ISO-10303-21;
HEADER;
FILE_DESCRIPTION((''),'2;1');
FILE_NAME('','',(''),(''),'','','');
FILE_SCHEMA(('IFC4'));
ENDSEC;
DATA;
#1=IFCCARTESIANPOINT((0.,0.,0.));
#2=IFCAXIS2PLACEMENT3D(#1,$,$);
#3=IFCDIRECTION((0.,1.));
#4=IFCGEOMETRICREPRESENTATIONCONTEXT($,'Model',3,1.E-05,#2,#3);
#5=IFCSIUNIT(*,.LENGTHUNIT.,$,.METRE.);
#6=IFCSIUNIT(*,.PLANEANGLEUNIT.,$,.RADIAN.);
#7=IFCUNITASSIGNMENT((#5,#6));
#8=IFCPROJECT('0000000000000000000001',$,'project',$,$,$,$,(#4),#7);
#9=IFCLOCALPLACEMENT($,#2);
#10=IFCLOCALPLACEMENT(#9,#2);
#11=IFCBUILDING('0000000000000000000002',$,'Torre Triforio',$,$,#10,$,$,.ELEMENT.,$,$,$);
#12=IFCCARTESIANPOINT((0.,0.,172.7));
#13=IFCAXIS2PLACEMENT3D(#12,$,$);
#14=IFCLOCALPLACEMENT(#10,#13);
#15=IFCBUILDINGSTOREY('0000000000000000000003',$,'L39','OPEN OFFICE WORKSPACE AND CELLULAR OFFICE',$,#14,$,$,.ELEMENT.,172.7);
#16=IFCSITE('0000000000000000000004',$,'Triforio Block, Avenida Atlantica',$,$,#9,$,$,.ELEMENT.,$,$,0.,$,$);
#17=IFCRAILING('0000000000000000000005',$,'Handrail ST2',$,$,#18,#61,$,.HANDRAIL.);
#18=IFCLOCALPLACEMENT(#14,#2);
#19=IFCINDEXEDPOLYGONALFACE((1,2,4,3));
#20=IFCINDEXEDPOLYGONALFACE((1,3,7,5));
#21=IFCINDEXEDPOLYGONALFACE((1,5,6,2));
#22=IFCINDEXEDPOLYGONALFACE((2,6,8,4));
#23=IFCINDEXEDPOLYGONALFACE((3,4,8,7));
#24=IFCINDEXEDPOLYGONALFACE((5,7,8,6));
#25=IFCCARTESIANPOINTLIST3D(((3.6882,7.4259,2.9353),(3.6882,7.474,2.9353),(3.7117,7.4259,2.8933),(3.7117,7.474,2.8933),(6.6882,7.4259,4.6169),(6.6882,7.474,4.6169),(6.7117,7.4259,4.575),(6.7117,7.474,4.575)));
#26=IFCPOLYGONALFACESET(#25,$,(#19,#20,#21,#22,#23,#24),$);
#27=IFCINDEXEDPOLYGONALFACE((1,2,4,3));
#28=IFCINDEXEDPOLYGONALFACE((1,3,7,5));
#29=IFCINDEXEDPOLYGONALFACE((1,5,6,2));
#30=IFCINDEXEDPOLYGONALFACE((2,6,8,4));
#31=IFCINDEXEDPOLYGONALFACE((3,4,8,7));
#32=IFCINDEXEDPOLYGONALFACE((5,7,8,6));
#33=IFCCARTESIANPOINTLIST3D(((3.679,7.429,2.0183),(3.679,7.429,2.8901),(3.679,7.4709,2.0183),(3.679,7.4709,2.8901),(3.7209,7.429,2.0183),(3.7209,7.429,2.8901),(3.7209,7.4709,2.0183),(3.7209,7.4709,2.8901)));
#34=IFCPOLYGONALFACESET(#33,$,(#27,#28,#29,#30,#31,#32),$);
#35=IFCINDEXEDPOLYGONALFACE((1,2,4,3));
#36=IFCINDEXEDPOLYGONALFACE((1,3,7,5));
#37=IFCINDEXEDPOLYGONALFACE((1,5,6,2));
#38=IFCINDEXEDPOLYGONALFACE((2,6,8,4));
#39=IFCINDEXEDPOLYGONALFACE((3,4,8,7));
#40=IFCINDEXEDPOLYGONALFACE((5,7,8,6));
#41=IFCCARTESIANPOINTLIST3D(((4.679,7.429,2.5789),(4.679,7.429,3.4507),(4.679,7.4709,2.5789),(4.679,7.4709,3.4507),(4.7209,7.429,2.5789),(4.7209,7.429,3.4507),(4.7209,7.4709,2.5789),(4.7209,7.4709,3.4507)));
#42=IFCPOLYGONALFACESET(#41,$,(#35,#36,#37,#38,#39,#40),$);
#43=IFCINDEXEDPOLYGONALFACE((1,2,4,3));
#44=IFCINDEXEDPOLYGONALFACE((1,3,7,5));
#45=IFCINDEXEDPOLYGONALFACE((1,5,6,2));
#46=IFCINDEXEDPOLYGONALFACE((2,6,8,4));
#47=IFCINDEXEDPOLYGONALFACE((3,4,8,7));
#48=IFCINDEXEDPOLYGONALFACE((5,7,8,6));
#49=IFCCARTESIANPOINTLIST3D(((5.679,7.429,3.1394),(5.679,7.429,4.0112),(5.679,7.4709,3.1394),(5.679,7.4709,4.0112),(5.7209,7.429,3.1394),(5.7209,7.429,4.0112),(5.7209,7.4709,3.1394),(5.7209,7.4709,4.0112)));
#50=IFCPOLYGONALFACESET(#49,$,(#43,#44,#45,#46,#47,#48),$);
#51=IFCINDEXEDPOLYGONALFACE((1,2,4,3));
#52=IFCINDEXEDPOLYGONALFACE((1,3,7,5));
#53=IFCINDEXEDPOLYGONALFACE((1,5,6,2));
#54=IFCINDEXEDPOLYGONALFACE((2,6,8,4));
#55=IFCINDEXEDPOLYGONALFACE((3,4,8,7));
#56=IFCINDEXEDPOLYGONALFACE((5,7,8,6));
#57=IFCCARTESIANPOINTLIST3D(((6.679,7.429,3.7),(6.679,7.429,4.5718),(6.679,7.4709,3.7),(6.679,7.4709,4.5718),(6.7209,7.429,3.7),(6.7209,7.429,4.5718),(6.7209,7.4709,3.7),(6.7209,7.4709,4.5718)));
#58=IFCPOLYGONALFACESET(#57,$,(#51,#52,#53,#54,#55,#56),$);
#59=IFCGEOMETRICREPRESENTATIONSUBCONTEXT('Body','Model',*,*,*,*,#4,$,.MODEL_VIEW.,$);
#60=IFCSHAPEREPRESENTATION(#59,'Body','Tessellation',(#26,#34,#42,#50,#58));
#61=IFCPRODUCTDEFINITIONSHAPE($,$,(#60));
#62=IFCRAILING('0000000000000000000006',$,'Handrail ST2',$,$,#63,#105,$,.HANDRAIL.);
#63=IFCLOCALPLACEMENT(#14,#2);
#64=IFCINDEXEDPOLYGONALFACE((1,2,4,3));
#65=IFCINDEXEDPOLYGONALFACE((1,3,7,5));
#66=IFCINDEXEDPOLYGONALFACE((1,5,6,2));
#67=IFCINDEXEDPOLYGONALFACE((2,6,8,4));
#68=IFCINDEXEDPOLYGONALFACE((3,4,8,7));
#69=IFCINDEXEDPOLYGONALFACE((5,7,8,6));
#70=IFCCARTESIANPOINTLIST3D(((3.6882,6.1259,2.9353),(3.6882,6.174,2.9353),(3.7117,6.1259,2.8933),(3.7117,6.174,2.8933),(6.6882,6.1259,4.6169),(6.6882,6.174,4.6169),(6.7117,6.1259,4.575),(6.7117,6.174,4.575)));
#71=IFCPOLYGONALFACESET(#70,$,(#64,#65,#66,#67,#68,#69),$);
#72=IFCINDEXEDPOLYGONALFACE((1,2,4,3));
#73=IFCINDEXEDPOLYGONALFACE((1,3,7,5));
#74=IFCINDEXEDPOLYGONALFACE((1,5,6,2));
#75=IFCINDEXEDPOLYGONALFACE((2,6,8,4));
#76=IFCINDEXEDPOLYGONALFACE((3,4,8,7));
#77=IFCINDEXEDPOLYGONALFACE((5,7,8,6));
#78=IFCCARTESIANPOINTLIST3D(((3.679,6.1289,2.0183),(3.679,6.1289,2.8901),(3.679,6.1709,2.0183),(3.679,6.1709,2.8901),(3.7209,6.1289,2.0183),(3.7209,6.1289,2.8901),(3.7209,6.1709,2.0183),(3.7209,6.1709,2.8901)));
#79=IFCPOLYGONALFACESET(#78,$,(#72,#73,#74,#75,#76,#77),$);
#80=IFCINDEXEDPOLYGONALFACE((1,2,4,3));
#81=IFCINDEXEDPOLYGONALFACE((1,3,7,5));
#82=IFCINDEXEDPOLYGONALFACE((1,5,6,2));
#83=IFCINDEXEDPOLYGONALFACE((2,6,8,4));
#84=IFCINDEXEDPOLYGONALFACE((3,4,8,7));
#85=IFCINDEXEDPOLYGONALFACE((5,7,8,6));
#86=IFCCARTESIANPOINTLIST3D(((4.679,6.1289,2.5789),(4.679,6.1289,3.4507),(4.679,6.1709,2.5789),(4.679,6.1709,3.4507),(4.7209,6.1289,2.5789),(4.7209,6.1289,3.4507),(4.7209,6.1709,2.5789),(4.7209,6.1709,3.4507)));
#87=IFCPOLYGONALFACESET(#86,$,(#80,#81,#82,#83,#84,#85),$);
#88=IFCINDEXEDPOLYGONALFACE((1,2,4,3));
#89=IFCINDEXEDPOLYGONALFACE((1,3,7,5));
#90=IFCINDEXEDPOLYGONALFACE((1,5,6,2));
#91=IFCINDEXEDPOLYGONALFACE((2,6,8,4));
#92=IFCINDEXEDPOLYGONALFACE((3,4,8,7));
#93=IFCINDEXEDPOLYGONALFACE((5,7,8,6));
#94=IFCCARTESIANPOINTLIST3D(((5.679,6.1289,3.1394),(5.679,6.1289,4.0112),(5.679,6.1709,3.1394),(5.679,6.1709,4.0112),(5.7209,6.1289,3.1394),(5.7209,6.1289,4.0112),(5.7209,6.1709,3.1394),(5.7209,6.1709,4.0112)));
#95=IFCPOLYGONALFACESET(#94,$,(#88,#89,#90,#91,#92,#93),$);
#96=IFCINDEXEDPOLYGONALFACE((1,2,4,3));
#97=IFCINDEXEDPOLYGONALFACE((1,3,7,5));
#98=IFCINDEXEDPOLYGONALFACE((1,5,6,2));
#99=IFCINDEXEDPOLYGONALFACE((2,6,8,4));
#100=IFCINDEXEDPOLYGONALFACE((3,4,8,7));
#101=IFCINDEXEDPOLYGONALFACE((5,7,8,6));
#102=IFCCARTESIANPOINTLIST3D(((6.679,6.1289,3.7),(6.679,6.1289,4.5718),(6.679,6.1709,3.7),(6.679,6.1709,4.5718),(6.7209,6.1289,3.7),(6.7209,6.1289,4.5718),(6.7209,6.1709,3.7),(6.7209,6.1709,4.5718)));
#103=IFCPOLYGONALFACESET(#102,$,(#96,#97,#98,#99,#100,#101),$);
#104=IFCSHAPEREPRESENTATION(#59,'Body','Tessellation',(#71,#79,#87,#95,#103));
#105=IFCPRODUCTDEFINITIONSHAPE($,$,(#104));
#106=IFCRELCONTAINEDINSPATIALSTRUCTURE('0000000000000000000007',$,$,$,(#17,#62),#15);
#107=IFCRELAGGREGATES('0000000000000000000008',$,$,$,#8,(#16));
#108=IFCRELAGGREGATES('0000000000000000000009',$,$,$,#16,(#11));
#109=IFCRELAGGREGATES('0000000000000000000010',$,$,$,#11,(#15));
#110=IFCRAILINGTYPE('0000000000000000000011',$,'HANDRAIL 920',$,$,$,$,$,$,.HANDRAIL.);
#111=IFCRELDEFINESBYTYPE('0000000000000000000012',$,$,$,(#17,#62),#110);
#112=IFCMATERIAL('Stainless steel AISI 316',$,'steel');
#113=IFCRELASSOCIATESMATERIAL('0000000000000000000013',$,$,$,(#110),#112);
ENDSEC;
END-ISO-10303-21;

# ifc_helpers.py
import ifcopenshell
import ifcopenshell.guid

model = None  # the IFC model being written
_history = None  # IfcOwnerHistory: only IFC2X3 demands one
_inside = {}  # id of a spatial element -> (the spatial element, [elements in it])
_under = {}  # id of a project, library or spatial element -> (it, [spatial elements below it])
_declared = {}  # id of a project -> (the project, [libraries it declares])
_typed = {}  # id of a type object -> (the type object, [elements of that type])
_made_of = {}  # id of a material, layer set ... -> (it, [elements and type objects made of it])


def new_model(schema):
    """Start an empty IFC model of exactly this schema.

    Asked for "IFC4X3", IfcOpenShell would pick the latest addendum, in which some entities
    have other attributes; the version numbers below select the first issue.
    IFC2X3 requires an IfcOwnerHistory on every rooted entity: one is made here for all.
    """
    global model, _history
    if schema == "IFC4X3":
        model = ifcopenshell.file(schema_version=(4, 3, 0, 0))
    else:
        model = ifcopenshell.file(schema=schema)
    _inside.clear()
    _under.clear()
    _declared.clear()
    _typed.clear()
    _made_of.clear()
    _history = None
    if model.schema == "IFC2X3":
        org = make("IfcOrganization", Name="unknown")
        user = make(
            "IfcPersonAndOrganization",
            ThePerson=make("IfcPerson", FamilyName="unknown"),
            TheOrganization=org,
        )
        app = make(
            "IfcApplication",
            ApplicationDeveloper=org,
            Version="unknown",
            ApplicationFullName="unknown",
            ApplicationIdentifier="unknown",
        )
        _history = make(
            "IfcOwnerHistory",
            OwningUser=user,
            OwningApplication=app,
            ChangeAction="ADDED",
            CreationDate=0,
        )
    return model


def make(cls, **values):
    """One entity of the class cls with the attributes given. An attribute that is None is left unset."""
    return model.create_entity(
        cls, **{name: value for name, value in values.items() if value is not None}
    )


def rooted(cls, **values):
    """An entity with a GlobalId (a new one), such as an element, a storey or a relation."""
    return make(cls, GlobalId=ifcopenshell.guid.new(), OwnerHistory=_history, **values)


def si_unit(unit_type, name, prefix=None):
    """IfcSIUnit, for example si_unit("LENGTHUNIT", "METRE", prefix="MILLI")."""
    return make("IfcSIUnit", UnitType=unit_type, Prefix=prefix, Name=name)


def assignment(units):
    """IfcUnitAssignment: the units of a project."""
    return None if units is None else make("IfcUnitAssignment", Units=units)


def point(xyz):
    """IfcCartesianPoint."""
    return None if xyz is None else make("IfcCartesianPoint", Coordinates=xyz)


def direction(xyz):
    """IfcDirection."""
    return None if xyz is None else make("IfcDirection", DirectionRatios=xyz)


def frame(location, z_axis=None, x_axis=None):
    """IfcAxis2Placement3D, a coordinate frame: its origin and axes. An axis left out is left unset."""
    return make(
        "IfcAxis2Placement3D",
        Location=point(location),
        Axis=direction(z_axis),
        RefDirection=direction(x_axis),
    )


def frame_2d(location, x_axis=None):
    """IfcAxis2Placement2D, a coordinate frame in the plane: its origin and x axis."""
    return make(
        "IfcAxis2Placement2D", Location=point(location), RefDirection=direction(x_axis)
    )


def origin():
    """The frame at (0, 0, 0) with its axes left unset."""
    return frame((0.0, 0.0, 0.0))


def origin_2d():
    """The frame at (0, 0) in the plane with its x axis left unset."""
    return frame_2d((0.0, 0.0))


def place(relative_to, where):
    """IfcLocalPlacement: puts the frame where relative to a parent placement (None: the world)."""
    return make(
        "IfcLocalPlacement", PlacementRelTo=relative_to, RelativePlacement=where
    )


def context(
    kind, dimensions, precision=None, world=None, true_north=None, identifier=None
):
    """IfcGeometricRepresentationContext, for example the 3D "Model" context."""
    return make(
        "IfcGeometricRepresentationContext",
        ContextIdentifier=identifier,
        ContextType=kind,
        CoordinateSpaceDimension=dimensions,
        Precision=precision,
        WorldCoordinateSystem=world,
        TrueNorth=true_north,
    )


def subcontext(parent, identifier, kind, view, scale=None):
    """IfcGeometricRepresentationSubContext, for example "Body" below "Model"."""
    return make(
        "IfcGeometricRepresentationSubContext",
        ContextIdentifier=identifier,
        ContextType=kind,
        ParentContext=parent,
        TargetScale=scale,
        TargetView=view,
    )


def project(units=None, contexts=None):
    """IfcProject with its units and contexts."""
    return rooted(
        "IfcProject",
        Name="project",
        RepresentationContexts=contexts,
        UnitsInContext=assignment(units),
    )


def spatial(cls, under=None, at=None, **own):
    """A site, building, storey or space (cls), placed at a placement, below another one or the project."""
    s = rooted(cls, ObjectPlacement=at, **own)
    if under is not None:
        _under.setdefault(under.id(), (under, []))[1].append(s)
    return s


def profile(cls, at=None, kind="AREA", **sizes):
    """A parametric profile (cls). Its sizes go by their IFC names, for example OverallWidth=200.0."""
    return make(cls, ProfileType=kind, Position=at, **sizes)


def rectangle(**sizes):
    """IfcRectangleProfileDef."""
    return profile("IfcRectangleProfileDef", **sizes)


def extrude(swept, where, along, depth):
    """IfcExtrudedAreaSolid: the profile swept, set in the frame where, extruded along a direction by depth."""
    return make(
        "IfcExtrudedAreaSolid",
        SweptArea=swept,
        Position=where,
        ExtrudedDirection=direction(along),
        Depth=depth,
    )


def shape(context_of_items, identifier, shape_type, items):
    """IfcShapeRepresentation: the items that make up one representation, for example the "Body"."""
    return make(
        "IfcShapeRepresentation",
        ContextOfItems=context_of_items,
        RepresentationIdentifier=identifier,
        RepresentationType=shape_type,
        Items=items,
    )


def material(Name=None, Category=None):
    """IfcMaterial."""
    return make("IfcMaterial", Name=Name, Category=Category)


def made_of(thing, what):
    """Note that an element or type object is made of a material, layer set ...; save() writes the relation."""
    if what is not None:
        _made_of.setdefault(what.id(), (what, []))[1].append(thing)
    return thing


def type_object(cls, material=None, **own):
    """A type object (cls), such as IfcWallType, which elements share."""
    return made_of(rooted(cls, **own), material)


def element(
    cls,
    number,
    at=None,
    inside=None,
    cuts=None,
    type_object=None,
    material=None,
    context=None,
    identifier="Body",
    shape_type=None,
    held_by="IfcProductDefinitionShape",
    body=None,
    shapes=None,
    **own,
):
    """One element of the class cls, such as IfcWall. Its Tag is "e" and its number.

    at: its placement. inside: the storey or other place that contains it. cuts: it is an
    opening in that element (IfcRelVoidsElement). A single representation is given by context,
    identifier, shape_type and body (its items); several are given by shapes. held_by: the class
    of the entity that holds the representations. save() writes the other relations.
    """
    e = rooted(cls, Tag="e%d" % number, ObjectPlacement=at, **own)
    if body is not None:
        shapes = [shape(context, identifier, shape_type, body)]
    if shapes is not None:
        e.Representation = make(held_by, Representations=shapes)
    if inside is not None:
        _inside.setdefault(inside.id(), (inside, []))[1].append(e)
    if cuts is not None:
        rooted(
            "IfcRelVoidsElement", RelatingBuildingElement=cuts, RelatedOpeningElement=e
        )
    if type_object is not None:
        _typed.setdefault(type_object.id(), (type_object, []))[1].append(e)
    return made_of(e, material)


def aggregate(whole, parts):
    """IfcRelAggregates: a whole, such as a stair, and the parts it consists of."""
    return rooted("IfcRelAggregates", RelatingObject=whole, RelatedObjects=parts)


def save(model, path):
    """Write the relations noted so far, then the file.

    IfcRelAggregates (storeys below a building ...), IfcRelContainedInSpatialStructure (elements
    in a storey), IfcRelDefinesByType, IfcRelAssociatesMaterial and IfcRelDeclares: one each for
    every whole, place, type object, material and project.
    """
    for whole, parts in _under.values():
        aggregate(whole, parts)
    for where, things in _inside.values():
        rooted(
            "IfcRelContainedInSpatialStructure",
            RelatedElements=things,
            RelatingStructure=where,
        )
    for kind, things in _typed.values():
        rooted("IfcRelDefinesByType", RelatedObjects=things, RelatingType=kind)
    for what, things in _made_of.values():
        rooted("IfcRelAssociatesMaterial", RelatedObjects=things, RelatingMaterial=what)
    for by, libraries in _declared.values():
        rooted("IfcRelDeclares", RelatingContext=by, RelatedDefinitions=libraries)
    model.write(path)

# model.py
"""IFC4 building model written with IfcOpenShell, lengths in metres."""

from ifc_helpers import new_model, si_unit, direction, frame, origin, origin_2d, place, context, subcontext, project, spatial, rectangle, extrude, material, type_object, element, save


model = new_model("IFC4")

# Units and contexts
model_context = context("Model", 3, precision=1e-05, world=origin(), true_north=direction((0.0, 1.0)))
body_context = subcontext(model_context, "Body", "Model", "MODEL_VIEW")
ifc_project = project(units=[si_unit("LENGTHUNIT", "METRE"), si_unit("PLANEANGLEUNIT", "RADIAN")], contexts=[model_context])

# Site, building, storey
site_placement = place(None, origin())
site = spatial("IfcSite", under=ifc_project, at=site_placement, Name="Triforio Block, Avenida Atlantica", CompositionType="ELEMENT", RefElevation=0.0)
building_placement = place(site_placement, origin())
building = spatial("IfcBuilding", under=site, at=building_placement, Name="Torre Triforio", CompositionType="ELEMENT")
storey_placement = place(building_placement, frame((0.0, 0.0, 172.7)))
storey = spatial("IfcBuildingStorey", under=building, at=storey_placement, Name="L39", Description="OPEN OFFICE WORKSPACE AND CELLULAR OFFICE", CompositionType="ELEMENT", Elevation=172.7)

# Railings
ifc_material_1 = material(Name="Stainless steel AISI 316", Category="steel")
railing_type = type_object("IfcRailingType", Name="HANDRAIL 920", PredefinedType="HANDRAIL", material=ifc_material_1)
for number, where, name in (
    (1, (3.7, 7.45, 2.0183), "Handrail ST2"),
    (2, (3.7, 6.1499, 2.0183), "Handrail ST2"),
):
    element("IfcRailing", number, at=place(storey_placement, frame(where)), inside=storey, type_object=railing_type, Name=name, PredefinedType="HANDRAIL", context=body_context, shape_type="SweptSolid", body=[
        extrude(rectangle(XDim=0.0481, YDim=0.0481, at=origin_2d()), frame((0.0, 0.0, 0.896), z_axis=(0.872303, 0.0, 0.488966), x_axis=(0.0, 1.0, 0.0)), (0.0, 0.0, 1.0), 3.4392),
        extrude(rectangle(XDim=0.042, YDim=0.042, at=origin_2d()), origin(), (0.0, 0.0, 1.0), 0.8718),
        extrude(rectangle(XDim=0.042, YDim=0.042, at=origin_2d()), frame((1.0, 0.0, 0.5605)), (0.0, 0.0, 1.0), 0.8718),
        extrude(rectangle(XDim=0.042, YDim=0.042, at=origin_2d()), frame((2.0, 0.0, 1.1211)), (0.0, 0.0, 1.0), 0.8718),
        extrude(rectangle(XDim=0.042, YDim=0.042, at=origin_2d()), frame((3.0, 0.0, 1.6816)), (0.0, 0.0, 1.0), 0.8718),
    ])

save(model, "model.ifc")
